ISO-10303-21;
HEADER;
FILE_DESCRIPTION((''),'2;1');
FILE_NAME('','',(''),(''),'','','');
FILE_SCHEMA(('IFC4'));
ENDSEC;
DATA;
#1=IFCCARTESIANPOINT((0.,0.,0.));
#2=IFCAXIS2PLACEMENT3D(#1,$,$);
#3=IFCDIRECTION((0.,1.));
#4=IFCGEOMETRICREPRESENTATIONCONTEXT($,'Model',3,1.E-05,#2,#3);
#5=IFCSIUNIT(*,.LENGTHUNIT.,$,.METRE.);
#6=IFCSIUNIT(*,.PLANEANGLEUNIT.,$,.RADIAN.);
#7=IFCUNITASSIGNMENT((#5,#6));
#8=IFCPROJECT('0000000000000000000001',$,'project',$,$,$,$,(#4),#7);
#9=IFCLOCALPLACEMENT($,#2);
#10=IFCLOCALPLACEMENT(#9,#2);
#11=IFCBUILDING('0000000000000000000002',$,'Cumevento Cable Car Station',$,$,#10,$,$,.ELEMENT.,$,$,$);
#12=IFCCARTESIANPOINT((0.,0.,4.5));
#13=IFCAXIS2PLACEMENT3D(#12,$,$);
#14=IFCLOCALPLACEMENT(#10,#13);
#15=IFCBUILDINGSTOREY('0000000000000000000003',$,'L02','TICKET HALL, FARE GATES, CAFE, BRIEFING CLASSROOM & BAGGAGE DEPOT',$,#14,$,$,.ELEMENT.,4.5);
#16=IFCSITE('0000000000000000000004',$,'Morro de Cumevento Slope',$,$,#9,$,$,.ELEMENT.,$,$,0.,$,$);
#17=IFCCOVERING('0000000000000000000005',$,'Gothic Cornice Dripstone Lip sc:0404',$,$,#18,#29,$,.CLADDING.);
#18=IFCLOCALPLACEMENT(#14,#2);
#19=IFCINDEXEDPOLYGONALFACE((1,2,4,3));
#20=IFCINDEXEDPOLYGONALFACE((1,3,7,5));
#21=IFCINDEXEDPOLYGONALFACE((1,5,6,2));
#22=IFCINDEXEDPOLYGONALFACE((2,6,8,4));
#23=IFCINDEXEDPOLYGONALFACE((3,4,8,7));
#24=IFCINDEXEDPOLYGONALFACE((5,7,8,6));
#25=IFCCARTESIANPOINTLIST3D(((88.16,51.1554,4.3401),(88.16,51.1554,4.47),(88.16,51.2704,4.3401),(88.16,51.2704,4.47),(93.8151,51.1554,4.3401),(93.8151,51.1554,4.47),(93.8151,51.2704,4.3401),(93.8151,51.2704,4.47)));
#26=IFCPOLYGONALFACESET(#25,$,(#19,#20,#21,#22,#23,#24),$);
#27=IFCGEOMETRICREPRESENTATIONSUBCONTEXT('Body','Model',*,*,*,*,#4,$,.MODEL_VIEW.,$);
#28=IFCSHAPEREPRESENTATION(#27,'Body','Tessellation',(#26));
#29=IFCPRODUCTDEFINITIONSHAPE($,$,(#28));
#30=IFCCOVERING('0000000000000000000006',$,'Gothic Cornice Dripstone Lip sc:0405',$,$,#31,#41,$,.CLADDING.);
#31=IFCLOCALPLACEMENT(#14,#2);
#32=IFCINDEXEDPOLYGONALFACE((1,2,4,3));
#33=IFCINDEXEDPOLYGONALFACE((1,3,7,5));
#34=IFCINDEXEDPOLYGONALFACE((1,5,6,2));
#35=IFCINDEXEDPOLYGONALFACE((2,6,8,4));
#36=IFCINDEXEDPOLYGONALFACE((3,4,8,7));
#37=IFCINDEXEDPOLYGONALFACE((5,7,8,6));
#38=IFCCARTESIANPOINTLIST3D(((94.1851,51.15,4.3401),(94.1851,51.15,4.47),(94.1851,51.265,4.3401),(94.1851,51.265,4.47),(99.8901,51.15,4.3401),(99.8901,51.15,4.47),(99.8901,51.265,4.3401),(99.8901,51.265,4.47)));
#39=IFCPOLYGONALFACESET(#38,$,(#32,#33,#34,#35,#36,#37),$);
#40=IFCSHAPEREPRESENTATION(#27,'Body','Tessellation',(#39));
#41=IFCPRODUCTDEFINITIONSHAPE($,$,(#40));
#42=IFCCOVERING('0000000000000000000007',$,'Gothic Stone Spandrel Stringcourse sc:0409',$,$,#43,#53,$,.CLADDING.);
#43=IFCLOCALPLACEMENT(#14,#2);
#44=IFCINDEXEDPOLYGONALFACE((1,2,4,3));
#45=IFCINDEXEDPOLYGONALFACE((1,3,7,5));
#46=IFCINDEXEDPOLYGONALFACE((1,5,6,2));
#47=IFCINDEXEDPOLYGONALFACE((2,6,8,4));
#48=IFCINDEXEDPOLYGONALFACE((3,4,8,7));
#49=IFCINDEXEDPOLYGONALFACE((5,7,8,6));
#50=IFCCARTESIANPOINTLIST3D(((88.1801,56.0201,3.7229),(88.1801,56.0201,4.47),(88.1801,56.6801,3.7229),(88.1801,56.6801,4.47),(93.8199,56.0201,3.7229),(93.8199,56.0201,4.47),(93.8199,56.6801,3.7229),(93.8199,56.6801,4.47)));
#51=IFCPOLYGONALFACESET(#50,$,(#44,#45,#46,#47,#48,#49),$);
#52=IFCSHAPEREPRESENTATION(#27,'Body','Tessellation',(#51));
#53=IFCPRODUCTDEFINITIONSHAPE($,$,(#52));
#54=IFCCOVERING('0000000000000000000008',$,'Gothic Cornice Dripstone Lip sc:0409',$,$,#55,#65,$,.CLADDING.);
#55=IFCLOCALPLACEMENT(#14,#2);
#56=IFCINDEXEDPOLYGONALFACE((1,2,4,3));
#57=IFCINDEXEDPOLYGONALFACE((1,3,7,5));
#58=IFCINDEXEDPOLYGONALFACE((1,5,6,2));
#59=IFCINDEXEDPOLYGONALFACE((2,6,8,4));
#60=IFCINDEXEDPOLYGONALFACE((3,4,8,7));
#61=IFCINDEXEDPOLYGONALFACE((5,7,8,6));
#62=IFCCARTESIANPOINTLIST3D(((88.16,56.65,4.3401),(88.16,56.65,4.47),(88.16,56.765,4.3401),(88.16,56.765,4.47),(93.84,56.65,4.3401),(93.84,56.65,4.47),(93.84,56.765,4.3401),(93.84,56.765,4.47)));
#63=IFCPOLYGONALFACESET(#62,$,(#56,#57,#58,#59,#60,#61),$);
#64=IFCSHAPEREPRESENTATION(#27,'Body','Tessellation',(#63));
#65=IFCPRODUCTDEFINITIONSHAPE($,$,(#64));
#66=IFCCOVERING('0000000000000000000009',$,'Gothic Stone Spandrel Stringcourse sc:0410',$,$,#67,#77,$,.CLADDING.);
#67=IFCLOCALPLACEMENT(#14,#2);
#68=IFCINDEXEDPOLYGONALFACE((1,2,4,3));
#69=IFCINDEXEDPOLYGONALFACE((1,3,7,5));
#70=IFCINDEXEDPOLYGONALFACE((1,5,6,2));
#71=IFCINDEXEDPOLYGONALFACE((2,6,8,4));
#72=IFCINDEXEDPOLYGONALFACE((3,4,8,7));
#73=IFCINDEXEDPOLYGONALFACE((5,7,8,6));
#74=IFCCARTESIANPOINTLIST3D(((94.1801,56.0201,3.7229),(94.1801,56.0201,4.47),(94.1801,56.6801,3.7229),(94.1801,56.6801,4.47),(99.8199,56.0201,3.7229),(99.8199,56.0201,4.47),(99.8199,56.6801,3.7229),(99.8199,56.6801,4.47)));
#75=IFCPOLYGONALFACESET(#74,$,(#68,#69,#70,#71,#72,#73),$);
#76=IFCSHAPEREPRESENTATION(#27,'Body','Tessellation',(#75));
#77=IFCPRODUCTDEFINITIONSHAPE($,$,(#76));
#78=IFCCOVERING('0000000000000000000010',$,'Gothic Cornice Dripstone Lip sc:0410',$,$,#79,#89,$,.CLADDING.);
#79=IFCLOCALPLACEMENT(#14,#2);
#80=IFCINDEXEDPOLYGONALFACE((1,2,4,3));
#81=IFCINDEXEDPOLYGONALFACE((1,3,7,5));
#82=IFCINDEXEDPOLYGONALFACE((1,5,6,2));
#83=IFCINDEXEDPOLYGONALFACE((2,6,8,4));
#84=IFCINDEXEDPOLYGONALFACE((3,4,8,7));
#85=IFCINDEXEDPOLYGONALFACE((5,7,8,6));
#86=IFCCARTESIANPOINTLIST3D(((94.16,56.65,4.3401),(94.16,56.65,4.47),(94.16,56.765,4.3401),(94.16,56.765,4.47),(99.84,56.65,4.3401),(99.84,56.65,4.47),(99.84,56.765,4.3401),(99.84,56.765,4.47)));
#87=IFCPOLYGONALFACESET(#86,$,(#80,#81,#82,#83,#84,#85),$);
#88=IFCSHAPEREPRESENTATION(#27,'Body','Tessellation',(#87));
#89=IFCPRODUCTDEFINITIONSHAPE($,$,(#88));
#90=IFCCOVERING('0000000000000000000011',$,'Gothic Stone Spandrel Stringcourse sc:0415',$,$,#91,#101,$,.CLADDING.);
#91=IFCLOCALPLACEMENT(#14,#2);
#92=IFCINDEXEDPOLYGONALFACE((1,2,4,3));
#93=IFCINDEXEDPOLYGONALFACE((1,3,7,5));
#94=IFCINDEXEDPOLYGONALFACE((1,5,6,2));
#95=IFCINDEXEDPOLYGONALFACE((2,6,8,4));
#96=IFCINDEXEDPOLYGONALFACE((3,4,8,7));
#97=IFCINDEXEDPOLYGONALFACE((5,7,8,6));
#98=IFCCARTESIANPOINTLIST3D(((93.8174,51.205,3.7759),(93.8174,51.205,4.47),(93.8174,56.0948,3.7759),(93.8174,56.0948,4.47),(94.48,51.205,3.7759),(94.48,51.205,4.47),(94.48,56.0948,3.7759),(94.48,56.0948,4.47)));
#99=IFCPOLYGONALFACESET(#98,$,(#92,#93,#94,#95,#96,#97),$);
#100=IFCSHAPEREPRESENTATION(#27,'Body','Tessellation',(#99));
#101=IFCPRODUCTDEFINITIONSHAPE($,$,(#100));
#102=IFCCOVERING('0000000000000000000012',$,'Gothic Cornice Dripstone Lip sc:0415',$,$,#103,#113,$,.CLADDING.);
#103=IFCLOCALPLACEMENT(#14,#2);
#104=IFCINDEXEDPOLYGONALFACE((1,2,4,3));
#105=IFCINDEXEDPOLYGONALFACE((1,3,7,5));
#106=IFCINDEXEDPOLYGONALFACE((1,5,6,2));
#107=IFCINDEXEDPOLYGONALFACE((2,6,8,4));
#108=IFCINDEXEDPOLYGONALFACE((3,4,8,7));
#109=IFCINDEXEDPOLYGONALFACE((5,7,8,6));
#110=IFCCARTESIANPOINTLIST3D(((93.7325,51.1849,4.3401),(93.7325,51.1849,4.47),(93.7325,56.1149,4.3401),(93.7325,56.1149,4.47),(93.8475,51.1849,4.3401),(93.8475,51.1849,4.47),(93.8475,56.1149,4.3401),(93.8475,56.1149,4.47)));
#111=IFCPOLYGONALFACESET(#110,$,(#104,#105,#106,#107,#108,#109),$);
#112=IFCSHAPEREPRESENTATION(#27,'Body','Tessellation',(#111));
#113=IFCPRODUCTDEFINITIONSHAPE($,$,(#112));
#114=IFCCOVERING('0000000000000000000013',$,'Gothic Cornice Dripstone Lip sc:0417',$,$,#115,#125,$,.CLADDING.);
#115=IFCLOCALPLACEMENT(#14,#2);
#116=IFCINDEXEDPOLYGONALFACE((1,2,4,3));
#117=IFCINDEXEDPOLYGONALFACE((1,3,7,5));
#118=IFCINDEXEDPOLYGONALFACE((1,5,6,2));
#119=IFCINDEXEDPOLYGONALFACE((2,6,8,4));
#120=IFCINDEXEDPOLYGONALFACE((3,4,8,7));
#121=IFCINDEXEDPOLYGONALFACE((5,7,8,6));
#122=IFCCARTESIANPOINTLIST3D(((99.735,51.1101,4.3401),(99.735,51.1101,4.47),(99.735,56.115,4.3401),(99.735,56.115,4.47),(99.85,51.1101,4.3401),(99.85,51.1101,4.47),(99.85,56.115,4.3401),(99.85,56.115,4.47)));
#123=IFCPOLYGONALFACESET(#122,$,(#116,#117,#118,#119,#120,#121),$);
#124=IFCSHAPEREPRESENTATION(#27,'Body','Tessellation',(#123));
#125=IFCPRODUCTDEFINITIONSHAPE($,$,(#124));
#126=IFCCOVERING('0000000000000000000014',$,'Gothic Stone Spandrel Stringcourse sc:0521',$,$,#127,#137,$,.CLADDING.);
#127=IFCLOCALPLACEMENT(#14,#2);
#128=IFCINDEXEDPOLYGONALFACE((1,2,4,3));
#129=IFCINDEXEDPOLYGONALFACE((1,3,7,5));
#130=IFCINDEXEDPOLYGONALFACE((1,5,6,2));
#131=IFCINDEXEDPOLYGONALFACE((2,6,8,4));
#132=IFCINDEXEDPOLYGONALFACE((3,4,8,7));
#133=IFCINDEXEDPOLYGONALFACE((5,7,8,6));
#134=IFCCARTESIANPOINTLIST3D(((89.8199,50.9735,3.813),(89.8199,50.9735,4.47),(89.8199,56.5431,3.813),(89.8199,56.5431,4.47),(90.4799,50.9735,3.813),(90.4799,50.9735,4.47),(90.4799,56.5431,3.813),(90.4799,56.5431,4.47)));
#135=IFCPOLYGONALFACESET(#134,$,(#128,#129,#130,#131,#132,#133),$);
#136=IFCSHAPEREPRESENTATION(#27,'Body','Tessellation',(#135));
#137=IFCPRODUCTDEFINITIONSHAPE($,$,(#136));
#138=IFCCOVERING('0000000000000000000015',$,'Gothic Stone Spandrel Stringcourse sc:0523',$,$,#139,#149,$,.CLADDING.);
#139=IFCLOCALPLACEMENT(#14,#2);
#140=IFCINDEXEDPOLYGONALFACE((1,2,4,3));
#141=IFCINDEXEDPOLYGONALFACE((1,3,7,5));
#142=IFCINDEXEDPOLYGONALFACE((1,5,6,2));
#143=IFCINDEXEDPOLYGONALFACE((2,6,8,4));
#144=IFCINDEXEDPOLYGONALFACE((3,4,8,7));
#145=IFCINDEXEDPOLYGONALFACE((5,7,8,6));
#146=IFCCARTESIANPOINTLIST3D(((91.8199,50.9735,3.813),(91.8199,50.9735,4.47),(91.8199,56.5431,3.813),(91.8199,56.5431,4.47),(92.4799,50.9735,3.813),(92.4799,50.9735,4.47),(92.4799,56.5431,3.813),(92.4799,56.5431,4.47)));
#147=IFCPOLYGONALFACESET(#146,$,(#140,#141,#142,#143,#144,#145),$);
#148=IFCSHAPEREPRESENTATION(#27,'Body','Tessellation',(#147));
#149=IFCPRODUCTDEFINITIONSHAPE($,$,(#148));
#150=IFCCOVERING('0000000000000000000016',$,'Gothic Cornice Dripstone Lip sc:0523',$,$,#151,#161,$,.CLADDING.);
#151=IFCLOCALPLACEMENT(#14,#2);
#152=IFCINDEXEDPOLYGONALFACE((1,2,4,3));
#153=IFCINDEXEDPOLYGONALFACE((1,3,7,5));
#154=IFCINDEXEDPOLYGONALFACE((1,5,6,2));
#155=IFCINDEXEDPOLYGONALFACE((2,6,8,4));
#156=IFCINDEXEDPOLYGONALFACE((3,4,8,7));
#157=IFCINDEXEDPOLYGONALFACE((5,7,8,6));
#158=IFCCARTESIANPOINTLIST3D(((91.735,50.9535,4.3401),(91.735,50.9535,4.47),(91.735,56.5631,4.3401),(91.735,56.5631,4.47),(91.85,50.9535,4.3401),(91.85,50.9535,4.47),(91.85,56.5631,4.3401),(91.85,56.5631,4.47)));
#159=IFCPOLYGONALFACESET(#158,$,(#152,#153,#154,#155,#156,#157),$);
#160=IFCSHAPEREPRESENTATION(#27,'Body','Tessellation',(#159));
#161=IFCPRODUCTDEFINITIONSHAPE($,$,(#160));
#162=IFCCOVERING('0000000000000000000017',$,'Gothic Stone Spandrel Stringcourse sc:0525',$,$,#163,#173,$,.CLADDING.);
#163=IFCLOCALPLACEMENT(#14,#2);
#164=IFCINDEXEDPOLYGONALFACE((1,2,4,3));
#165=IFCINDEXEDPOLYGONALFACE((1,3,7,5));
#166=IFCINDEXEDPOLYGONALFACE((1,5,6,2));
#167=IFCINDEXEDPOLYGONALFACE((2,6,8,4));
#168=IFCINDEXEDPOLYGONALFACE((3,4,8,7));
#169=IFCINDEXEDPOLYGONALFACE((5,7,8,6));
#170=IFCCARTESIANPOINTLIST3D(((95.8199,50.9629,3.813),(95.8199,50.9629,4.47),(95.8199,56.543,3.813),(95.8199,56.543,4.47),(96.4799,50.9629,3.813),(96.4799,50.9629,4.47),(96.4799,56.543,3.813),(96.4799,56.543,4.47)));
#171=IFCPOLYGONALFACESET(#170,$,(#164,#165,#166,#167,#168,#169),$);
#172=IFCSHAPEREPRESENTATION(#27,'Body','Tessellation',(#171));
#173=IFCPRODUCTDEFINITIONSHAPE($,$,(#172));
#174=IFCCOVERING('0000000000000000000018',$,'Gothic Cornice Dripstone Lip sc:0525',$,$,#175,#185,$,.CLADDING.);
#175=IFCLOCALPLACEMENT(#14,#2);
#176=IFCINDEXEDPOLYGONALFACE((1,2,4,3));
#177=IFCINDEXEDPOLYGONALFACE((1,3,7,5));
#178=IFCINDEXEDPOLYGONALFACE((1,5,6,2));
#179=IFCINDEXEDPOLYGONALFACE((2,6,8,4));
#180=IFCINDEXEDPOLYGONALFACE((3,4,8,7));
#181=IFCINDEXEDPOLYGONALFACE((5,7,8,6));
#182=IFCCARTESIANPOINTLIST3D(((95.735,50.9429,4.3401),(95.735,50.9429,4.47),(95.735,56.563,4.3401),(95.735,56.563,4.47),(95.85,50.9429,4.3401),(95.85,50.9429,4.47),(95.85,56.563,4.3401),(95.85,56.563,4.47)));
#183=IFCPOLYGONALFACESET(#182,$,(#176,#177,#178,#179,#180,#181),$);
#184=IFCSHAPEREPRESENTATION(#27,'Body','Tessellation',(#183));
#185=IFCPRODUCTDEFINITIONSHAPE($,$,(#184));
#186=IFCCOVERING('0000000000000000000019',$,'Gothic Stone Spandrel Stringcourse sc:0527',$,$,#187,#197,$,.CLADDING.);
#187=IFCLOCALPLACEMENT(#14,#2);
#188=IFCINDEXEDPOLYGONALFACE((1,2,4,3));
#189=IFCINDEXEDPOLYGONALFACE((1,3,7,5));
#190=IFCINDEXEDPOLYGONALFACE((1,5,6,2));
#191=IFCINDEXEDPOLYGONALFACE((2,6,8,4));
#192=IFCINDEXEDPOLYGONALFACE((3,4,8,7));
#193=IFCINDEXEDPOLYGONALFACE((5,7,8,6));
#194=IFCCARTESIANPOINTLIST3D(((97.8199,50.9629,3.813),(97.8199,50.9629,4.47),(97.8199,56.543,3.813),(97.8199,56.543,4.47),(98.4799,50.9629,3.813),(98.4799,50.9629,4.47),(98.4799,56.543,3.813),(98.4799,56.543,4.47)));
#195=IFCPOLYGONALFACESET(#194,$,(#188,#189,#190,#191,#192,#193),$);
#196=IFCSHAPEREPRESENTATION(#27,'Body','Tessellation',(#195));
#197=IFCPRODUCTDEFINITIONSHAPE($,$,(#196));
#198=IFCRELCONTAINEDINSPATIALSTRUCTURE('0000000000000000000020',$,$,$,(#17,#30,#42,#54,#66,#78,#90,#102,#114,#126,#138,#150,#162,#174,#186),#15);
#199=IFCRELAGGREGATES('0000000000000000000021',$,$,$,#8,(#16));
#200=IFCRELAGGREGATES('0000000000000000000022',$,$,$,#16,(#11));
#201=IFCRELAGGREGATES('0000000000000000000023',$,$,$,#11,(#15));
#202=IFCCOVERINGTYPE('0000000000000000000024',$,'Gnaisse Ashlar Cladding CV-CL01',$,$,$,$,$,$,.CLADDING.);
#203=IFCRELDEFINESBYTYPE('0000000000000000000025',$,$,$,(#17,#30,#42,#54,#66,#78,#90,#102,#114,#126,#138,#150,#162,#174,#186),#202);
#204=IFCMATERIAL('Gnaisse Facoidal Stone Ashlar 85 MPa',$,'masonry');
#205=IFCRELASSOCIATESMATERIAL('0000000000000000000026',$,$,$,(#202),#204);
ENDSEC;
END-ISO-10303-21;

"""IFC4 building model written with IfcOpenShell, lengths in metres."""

from ifc_helpers import new_model, si_unit, direction, frame, origin, origin_2d, place, context, subcontext, project, spatial, rectangle, extrude, material, type_object, element, save


model = new_model("IFC4")

# Units and contexts
model_context = context("Model", 3, precision=1e-05, world=origin(), true_north=direction((0.0, 1.0)))
body_context = subcontext(model_context, "Body", "Model", "MODEL_VIEW")
ifc_project = project(units=[si_unit("LENGTHUNIT", "METRE"), si_unit("PLANEANGLEUNIT", "RADIAN")], contexts=[model_context])

# Site, building, storey
site_placement = place(None, origin())
site = spatial("IfcSite", under=ifc_project, at=site_placement, Name="Morro de Cumevento Slope", CompositionType="ELEMENT", RefElevation=0.0)
building_placement = place(site_placement, origin())
building = spatial("IfcBuilding", under=site, at=building_placement, Name="Cumevento Cable Car Station", CompositionType="ELEMENT")
storey_placement = place(building_placement, frame((0.0, 0.0, 4.5)))
storey = spatial("IfcBuildingStorey", under=building, at=storey_placement, Name="L02", Description="TICKET HALL, FARE GATES, CAFE, BRIEFING CLASSROOM & BAGGAGE DEPOT", CompositionType="ELEMENT", Elevation=4.5)

# Coverings
ifc_material_1 = material(Name="Gnaisse Facoidal Stone Ashlar 85 MPa", Category="masonry")
covering_type = type_object("IfcCoveringType", Name="Gnaisse Ashlar Cladding CV-CL01", PredefinedType="CLADDING", material=ifc_material_1)
covering_1_placement = place(storey_placement, frame((90.9875, 51.2129, 4.3401), z_axis=(0.0, 0.0, 1.0), x_axis=(1.0, 0.0, 0.0)))
element("IfcCovering", 1, at=covering_1_placement, inside=storey, type_object=covering_type, Name="Gothic Cornice Dripstone Lip sc:0404", PredefinedType="CLADDING", context=body_context, shape_type="SweptSolid", body=[
    extrude(rectangle(XDim=5.655, YDim=0.115, at=origin_2d()), origin(), (0.0, 0.0, 1.0), 0.1299),
])
covering_2_placement = place(storey_placement, frame((97.0376, 51.2075, 4.3401), z_axis=(0.0, 0.0, 1.0), x_axis=(1.0, 0.0, 0.0)))
element("IfcCovering", 2, at=covering_2_placement, inside=storey, type_object=covering_type, Name="Gothic Cornice Dripstone Lip sc:0405", PredefinedType="CLADDING", context=body_context, shape_type="SweptSolid", body=[
    extrude(rectangle(XDim=5.7051, YDim=0.115, at=origin_2d()), origin(), (0.0, 0.0, 1.0), 0.1299),
])
covering_3_placement = place(storey_placement, frame((91.0, 56.3501, 3.7229), z_axis=(0.0, 0.0, 1.0), x_axis=(1.0, 0.0, 0.0)))
element("IfcCovering", 3, at=covering_3_placement, inside=storey, type_object=covering_type, Name="Gothic Stone Spandrel Stringcourse sc:0409", PredefinedType="CLADDING", context=body_context, shape_type="SweptSolid", body=[
    extrude(rectangle(XDim=5.6399, YDim=0.6599, at=origin_2d()), origin(), (0.0, 0.0, 1.0), 0.7471),
])
covering_4_placement = place(storey_placement, frame((91.0, 56.7075, 4.3401), z_axis=(0.0, 0.0, 1.0), x_axis=(1.0, 0.0, 0.0)))
element("IfcCovering", 4, at=covering_4_placement, inside=storey, type_object=covering_type, Name="Gothic Cornice Dripstone Lip sc:0409", PredefinedType="CLADDING", context=body_context, shape_type="SweptSolid", body=[
    extrude(rectangle(XDim=5.6799, YDim=0.115, at=origin_2d()), origin(), (0.0, 0.0, 1.0), 0.1299),
])
covering_5_placement = place(storey_placement, frame((97.0, 56.3501, 3.7229), z_axis=(0.0, 0.0, 1.0), x_axis=(1.0, 0.0, 0.0)))
element("IfcCovering", 5, at=covering_5_placement, inside=storey, type_object=covering_type, Name="Gothic Stone Spandrel Stringcourse sc:0410", PredefinedType="CLADDING", context=body_context, shape_type="SweptSolid", body=[
    extrude(rectangle(XDim=5.6399, YDim=0.6599, at=origin_2d()), origin(), (0.0, 0.0, 1.0), 0.7471),
])
covering_6_placement = place(storey_placement, frame((97.0, 56.7075, 4.3401), z_axis=(0.0, 0.0, 1.0), x_axis=(1.0, 0.0, 0.0)))
element("IfcCovering", 6, at=covering_6_placement, inside=storey, type_object=covering_type, Name="Gothic Cornice Dripstone Lip sc:0410", PredefinedType="CLADDING", context=body_context, shape_type="SweptSolid", body=[
    extrude(rectangle(XDim=5.6799, YDim=0.115, at=origin_2d()), origin(), (0.0, 0.0, 1.0), 0.1299),
])
covering_7_placement = place(storey_placement, frame((94.1487, 53.6499, 3.7759), z_axis=(0.0, 0.0, 1.0), x_axis=(0.0, 1.0, 0.0)))
element("IfcCovering", 7, at=covering_7_placement, inside=storey, type_object=covering_type, Name="Gothic Stone Spandrel Stringcourse sc:0415", PredefinedType="CLADDING", context=body_context, shape_type="SweptSolid", body=[
    extrude(rectangle(XDim=4.8899, YDim=0.6626, at=origin_2d()), origin(), (0.0, 0.0, 1.0), 0.6941),
])
covering_8_placement = place(storey_placement, frame((93.79, 53.6499, 4.3401), z_axis=(0.0, 0.0, 1.0), x_axis=(0.0, 1.0, 0.0)))
element("IfcCovering", 8, at=covering_8_placement, inside=storey, type_object=covering_type, Name="Gothic Cornice Dripstone Lip sc:0415", PredefinedType="CLADDING", context=body_context, shape_type="SweptSolid", body=[
    extrude(rectangle(XDim=4.9299, YDim=0.115, at=origin_2d()), origin(), (0.0, 0.0, 1.0), 0.1299),
])
covering_9_placement = place(storey_placement, frame((99.7925, 53.6125, 4.3401), z_axis=(0.0, 0.0, 1.0), x_axis=(0.0, 1.0, 0.0)))
element("IfcCovering", 9, at=covering_9_placement, inside=storey, type_object=covering_type, Name="Gothic Cornice Dripstone Lip sc:0417", PredefinedType="CLADDING", context=body_context, shape_type="SweptSolid", body=[
    extrude(rectangle(XDim=5.0049, YDim=0.115, at=origin_2d()), origin(), (0.0, 0.0, 1.0), 0.1299),
])
for number, where, z_axis, x_axis, name in (
    (10, (90.1499, 53.7583, 3.813), (0.0, 0.0, 1.0), (0.0, 1.0, 0.0), "Gothic Stone Spandrel Stringcourse sc:0521"),
    (11, (92.1499, 53.7583, 3.813), (0.0, 0.0, 1.0), (0.0, 1.0, 0.0), "Gothic Stone Spandrel Stringcourse sc:0523"),
):
    element("IfcCovering", number, at=place(storey_placement, frame(where, z_axis=z_axis, x_axis=x_axis)), inside=storey, type_object=covering_type, Name=name, PredefinedType="CLADDING", context=body_context, shape_type="SweptSolid", body=[
        extrude(rectangle(XDim=5.5696, YDim=0.6599, at=origin_2d()), origin(), (0.0, 0.0, 1.0), 0.657),
    ])
covering_10_placement = place(storey_placement, frame((91.7925, 53.7583, 4.3401), z_axis=(0.0, 0.0, 1.0), x_axis=(0.0, 1.0, 0.0)))
element("IfcCovering", 12, at=covering_10_placement, inside=storey, type_object=covering_type, Name="Gothic Cornice Dripstone Lip sc:0523", PredefinedType="CLADDING", context=body_context, shape_type="SweptSolid", body=[
    extrude(rectangle(XDim=5.6096, YDim=0.115, at=origin_2d()), origin(), (0.0, 0.0, 1.0), 0.1299),
])
covering_11_placement = place(storey_placement, frame((96.1499, 53.7529, 3.813), z_axis=(0.0, 0.0, 1.0), x_axis=(0.0, 1.0, 0.0)))
element("IfcCovering", 13, at=covering_11_placement, inside=storey, type_object=covering_type, Name="Gothic Stone Spandrel Stringcourse sc:0525", PredefinedType="CLADDING", context=body_context, shape_type="SweptSolid", body=[
    extrude(rectangle(XDim=5.5801, YDim=0.6599, at=origin_2d()), origin(), (0.0, 0.0, 1.0), 0.657),
])
covering_12_placement = place(storey_placement, frame((95.7925, 53.7529, 4.3401), z_axis=(0.0, 0.0, 1.0), x_axis=(0.0, 1.0, 0.0)))
element("IfcCovering", 14, at=covering_12_placement, inside=storey, type_object=covering_type, Name="Gothic Cornice Dripstone Lip sc:0525", PredefinedType="CLADDING", context=body_context, shape_type="SweptSolid", body=[
    extrude(rectangle(XDim=5.6201, YDim=0.115, at=origin_2d()), origin(), (0.0, 0.0, 1.0), 0.1299),
])
covering_13_placement = place(storey_placement, frame((98.1499, 53.7529, 3.813), z_axis=(0.0, 0.0, 1.0), x_axis=(0.0, 1.0, 0.0)))
element("IfcCovering", 15, at=covering_13_placement, inside=storey, type_object=covering_type, Name="Gothic Stone Spandrel Stringcourse sc:0527", PredefinedType="CLADDING", context=body_context, shape_type="SweptSolid", body=[
    extrude(rectangle(XDim=5.5801, YDim=0.6599, at=origin_2d()), origin(), (0.0, 0.0, 1.0), 0.657),
])

save(model, "model.ifc")
